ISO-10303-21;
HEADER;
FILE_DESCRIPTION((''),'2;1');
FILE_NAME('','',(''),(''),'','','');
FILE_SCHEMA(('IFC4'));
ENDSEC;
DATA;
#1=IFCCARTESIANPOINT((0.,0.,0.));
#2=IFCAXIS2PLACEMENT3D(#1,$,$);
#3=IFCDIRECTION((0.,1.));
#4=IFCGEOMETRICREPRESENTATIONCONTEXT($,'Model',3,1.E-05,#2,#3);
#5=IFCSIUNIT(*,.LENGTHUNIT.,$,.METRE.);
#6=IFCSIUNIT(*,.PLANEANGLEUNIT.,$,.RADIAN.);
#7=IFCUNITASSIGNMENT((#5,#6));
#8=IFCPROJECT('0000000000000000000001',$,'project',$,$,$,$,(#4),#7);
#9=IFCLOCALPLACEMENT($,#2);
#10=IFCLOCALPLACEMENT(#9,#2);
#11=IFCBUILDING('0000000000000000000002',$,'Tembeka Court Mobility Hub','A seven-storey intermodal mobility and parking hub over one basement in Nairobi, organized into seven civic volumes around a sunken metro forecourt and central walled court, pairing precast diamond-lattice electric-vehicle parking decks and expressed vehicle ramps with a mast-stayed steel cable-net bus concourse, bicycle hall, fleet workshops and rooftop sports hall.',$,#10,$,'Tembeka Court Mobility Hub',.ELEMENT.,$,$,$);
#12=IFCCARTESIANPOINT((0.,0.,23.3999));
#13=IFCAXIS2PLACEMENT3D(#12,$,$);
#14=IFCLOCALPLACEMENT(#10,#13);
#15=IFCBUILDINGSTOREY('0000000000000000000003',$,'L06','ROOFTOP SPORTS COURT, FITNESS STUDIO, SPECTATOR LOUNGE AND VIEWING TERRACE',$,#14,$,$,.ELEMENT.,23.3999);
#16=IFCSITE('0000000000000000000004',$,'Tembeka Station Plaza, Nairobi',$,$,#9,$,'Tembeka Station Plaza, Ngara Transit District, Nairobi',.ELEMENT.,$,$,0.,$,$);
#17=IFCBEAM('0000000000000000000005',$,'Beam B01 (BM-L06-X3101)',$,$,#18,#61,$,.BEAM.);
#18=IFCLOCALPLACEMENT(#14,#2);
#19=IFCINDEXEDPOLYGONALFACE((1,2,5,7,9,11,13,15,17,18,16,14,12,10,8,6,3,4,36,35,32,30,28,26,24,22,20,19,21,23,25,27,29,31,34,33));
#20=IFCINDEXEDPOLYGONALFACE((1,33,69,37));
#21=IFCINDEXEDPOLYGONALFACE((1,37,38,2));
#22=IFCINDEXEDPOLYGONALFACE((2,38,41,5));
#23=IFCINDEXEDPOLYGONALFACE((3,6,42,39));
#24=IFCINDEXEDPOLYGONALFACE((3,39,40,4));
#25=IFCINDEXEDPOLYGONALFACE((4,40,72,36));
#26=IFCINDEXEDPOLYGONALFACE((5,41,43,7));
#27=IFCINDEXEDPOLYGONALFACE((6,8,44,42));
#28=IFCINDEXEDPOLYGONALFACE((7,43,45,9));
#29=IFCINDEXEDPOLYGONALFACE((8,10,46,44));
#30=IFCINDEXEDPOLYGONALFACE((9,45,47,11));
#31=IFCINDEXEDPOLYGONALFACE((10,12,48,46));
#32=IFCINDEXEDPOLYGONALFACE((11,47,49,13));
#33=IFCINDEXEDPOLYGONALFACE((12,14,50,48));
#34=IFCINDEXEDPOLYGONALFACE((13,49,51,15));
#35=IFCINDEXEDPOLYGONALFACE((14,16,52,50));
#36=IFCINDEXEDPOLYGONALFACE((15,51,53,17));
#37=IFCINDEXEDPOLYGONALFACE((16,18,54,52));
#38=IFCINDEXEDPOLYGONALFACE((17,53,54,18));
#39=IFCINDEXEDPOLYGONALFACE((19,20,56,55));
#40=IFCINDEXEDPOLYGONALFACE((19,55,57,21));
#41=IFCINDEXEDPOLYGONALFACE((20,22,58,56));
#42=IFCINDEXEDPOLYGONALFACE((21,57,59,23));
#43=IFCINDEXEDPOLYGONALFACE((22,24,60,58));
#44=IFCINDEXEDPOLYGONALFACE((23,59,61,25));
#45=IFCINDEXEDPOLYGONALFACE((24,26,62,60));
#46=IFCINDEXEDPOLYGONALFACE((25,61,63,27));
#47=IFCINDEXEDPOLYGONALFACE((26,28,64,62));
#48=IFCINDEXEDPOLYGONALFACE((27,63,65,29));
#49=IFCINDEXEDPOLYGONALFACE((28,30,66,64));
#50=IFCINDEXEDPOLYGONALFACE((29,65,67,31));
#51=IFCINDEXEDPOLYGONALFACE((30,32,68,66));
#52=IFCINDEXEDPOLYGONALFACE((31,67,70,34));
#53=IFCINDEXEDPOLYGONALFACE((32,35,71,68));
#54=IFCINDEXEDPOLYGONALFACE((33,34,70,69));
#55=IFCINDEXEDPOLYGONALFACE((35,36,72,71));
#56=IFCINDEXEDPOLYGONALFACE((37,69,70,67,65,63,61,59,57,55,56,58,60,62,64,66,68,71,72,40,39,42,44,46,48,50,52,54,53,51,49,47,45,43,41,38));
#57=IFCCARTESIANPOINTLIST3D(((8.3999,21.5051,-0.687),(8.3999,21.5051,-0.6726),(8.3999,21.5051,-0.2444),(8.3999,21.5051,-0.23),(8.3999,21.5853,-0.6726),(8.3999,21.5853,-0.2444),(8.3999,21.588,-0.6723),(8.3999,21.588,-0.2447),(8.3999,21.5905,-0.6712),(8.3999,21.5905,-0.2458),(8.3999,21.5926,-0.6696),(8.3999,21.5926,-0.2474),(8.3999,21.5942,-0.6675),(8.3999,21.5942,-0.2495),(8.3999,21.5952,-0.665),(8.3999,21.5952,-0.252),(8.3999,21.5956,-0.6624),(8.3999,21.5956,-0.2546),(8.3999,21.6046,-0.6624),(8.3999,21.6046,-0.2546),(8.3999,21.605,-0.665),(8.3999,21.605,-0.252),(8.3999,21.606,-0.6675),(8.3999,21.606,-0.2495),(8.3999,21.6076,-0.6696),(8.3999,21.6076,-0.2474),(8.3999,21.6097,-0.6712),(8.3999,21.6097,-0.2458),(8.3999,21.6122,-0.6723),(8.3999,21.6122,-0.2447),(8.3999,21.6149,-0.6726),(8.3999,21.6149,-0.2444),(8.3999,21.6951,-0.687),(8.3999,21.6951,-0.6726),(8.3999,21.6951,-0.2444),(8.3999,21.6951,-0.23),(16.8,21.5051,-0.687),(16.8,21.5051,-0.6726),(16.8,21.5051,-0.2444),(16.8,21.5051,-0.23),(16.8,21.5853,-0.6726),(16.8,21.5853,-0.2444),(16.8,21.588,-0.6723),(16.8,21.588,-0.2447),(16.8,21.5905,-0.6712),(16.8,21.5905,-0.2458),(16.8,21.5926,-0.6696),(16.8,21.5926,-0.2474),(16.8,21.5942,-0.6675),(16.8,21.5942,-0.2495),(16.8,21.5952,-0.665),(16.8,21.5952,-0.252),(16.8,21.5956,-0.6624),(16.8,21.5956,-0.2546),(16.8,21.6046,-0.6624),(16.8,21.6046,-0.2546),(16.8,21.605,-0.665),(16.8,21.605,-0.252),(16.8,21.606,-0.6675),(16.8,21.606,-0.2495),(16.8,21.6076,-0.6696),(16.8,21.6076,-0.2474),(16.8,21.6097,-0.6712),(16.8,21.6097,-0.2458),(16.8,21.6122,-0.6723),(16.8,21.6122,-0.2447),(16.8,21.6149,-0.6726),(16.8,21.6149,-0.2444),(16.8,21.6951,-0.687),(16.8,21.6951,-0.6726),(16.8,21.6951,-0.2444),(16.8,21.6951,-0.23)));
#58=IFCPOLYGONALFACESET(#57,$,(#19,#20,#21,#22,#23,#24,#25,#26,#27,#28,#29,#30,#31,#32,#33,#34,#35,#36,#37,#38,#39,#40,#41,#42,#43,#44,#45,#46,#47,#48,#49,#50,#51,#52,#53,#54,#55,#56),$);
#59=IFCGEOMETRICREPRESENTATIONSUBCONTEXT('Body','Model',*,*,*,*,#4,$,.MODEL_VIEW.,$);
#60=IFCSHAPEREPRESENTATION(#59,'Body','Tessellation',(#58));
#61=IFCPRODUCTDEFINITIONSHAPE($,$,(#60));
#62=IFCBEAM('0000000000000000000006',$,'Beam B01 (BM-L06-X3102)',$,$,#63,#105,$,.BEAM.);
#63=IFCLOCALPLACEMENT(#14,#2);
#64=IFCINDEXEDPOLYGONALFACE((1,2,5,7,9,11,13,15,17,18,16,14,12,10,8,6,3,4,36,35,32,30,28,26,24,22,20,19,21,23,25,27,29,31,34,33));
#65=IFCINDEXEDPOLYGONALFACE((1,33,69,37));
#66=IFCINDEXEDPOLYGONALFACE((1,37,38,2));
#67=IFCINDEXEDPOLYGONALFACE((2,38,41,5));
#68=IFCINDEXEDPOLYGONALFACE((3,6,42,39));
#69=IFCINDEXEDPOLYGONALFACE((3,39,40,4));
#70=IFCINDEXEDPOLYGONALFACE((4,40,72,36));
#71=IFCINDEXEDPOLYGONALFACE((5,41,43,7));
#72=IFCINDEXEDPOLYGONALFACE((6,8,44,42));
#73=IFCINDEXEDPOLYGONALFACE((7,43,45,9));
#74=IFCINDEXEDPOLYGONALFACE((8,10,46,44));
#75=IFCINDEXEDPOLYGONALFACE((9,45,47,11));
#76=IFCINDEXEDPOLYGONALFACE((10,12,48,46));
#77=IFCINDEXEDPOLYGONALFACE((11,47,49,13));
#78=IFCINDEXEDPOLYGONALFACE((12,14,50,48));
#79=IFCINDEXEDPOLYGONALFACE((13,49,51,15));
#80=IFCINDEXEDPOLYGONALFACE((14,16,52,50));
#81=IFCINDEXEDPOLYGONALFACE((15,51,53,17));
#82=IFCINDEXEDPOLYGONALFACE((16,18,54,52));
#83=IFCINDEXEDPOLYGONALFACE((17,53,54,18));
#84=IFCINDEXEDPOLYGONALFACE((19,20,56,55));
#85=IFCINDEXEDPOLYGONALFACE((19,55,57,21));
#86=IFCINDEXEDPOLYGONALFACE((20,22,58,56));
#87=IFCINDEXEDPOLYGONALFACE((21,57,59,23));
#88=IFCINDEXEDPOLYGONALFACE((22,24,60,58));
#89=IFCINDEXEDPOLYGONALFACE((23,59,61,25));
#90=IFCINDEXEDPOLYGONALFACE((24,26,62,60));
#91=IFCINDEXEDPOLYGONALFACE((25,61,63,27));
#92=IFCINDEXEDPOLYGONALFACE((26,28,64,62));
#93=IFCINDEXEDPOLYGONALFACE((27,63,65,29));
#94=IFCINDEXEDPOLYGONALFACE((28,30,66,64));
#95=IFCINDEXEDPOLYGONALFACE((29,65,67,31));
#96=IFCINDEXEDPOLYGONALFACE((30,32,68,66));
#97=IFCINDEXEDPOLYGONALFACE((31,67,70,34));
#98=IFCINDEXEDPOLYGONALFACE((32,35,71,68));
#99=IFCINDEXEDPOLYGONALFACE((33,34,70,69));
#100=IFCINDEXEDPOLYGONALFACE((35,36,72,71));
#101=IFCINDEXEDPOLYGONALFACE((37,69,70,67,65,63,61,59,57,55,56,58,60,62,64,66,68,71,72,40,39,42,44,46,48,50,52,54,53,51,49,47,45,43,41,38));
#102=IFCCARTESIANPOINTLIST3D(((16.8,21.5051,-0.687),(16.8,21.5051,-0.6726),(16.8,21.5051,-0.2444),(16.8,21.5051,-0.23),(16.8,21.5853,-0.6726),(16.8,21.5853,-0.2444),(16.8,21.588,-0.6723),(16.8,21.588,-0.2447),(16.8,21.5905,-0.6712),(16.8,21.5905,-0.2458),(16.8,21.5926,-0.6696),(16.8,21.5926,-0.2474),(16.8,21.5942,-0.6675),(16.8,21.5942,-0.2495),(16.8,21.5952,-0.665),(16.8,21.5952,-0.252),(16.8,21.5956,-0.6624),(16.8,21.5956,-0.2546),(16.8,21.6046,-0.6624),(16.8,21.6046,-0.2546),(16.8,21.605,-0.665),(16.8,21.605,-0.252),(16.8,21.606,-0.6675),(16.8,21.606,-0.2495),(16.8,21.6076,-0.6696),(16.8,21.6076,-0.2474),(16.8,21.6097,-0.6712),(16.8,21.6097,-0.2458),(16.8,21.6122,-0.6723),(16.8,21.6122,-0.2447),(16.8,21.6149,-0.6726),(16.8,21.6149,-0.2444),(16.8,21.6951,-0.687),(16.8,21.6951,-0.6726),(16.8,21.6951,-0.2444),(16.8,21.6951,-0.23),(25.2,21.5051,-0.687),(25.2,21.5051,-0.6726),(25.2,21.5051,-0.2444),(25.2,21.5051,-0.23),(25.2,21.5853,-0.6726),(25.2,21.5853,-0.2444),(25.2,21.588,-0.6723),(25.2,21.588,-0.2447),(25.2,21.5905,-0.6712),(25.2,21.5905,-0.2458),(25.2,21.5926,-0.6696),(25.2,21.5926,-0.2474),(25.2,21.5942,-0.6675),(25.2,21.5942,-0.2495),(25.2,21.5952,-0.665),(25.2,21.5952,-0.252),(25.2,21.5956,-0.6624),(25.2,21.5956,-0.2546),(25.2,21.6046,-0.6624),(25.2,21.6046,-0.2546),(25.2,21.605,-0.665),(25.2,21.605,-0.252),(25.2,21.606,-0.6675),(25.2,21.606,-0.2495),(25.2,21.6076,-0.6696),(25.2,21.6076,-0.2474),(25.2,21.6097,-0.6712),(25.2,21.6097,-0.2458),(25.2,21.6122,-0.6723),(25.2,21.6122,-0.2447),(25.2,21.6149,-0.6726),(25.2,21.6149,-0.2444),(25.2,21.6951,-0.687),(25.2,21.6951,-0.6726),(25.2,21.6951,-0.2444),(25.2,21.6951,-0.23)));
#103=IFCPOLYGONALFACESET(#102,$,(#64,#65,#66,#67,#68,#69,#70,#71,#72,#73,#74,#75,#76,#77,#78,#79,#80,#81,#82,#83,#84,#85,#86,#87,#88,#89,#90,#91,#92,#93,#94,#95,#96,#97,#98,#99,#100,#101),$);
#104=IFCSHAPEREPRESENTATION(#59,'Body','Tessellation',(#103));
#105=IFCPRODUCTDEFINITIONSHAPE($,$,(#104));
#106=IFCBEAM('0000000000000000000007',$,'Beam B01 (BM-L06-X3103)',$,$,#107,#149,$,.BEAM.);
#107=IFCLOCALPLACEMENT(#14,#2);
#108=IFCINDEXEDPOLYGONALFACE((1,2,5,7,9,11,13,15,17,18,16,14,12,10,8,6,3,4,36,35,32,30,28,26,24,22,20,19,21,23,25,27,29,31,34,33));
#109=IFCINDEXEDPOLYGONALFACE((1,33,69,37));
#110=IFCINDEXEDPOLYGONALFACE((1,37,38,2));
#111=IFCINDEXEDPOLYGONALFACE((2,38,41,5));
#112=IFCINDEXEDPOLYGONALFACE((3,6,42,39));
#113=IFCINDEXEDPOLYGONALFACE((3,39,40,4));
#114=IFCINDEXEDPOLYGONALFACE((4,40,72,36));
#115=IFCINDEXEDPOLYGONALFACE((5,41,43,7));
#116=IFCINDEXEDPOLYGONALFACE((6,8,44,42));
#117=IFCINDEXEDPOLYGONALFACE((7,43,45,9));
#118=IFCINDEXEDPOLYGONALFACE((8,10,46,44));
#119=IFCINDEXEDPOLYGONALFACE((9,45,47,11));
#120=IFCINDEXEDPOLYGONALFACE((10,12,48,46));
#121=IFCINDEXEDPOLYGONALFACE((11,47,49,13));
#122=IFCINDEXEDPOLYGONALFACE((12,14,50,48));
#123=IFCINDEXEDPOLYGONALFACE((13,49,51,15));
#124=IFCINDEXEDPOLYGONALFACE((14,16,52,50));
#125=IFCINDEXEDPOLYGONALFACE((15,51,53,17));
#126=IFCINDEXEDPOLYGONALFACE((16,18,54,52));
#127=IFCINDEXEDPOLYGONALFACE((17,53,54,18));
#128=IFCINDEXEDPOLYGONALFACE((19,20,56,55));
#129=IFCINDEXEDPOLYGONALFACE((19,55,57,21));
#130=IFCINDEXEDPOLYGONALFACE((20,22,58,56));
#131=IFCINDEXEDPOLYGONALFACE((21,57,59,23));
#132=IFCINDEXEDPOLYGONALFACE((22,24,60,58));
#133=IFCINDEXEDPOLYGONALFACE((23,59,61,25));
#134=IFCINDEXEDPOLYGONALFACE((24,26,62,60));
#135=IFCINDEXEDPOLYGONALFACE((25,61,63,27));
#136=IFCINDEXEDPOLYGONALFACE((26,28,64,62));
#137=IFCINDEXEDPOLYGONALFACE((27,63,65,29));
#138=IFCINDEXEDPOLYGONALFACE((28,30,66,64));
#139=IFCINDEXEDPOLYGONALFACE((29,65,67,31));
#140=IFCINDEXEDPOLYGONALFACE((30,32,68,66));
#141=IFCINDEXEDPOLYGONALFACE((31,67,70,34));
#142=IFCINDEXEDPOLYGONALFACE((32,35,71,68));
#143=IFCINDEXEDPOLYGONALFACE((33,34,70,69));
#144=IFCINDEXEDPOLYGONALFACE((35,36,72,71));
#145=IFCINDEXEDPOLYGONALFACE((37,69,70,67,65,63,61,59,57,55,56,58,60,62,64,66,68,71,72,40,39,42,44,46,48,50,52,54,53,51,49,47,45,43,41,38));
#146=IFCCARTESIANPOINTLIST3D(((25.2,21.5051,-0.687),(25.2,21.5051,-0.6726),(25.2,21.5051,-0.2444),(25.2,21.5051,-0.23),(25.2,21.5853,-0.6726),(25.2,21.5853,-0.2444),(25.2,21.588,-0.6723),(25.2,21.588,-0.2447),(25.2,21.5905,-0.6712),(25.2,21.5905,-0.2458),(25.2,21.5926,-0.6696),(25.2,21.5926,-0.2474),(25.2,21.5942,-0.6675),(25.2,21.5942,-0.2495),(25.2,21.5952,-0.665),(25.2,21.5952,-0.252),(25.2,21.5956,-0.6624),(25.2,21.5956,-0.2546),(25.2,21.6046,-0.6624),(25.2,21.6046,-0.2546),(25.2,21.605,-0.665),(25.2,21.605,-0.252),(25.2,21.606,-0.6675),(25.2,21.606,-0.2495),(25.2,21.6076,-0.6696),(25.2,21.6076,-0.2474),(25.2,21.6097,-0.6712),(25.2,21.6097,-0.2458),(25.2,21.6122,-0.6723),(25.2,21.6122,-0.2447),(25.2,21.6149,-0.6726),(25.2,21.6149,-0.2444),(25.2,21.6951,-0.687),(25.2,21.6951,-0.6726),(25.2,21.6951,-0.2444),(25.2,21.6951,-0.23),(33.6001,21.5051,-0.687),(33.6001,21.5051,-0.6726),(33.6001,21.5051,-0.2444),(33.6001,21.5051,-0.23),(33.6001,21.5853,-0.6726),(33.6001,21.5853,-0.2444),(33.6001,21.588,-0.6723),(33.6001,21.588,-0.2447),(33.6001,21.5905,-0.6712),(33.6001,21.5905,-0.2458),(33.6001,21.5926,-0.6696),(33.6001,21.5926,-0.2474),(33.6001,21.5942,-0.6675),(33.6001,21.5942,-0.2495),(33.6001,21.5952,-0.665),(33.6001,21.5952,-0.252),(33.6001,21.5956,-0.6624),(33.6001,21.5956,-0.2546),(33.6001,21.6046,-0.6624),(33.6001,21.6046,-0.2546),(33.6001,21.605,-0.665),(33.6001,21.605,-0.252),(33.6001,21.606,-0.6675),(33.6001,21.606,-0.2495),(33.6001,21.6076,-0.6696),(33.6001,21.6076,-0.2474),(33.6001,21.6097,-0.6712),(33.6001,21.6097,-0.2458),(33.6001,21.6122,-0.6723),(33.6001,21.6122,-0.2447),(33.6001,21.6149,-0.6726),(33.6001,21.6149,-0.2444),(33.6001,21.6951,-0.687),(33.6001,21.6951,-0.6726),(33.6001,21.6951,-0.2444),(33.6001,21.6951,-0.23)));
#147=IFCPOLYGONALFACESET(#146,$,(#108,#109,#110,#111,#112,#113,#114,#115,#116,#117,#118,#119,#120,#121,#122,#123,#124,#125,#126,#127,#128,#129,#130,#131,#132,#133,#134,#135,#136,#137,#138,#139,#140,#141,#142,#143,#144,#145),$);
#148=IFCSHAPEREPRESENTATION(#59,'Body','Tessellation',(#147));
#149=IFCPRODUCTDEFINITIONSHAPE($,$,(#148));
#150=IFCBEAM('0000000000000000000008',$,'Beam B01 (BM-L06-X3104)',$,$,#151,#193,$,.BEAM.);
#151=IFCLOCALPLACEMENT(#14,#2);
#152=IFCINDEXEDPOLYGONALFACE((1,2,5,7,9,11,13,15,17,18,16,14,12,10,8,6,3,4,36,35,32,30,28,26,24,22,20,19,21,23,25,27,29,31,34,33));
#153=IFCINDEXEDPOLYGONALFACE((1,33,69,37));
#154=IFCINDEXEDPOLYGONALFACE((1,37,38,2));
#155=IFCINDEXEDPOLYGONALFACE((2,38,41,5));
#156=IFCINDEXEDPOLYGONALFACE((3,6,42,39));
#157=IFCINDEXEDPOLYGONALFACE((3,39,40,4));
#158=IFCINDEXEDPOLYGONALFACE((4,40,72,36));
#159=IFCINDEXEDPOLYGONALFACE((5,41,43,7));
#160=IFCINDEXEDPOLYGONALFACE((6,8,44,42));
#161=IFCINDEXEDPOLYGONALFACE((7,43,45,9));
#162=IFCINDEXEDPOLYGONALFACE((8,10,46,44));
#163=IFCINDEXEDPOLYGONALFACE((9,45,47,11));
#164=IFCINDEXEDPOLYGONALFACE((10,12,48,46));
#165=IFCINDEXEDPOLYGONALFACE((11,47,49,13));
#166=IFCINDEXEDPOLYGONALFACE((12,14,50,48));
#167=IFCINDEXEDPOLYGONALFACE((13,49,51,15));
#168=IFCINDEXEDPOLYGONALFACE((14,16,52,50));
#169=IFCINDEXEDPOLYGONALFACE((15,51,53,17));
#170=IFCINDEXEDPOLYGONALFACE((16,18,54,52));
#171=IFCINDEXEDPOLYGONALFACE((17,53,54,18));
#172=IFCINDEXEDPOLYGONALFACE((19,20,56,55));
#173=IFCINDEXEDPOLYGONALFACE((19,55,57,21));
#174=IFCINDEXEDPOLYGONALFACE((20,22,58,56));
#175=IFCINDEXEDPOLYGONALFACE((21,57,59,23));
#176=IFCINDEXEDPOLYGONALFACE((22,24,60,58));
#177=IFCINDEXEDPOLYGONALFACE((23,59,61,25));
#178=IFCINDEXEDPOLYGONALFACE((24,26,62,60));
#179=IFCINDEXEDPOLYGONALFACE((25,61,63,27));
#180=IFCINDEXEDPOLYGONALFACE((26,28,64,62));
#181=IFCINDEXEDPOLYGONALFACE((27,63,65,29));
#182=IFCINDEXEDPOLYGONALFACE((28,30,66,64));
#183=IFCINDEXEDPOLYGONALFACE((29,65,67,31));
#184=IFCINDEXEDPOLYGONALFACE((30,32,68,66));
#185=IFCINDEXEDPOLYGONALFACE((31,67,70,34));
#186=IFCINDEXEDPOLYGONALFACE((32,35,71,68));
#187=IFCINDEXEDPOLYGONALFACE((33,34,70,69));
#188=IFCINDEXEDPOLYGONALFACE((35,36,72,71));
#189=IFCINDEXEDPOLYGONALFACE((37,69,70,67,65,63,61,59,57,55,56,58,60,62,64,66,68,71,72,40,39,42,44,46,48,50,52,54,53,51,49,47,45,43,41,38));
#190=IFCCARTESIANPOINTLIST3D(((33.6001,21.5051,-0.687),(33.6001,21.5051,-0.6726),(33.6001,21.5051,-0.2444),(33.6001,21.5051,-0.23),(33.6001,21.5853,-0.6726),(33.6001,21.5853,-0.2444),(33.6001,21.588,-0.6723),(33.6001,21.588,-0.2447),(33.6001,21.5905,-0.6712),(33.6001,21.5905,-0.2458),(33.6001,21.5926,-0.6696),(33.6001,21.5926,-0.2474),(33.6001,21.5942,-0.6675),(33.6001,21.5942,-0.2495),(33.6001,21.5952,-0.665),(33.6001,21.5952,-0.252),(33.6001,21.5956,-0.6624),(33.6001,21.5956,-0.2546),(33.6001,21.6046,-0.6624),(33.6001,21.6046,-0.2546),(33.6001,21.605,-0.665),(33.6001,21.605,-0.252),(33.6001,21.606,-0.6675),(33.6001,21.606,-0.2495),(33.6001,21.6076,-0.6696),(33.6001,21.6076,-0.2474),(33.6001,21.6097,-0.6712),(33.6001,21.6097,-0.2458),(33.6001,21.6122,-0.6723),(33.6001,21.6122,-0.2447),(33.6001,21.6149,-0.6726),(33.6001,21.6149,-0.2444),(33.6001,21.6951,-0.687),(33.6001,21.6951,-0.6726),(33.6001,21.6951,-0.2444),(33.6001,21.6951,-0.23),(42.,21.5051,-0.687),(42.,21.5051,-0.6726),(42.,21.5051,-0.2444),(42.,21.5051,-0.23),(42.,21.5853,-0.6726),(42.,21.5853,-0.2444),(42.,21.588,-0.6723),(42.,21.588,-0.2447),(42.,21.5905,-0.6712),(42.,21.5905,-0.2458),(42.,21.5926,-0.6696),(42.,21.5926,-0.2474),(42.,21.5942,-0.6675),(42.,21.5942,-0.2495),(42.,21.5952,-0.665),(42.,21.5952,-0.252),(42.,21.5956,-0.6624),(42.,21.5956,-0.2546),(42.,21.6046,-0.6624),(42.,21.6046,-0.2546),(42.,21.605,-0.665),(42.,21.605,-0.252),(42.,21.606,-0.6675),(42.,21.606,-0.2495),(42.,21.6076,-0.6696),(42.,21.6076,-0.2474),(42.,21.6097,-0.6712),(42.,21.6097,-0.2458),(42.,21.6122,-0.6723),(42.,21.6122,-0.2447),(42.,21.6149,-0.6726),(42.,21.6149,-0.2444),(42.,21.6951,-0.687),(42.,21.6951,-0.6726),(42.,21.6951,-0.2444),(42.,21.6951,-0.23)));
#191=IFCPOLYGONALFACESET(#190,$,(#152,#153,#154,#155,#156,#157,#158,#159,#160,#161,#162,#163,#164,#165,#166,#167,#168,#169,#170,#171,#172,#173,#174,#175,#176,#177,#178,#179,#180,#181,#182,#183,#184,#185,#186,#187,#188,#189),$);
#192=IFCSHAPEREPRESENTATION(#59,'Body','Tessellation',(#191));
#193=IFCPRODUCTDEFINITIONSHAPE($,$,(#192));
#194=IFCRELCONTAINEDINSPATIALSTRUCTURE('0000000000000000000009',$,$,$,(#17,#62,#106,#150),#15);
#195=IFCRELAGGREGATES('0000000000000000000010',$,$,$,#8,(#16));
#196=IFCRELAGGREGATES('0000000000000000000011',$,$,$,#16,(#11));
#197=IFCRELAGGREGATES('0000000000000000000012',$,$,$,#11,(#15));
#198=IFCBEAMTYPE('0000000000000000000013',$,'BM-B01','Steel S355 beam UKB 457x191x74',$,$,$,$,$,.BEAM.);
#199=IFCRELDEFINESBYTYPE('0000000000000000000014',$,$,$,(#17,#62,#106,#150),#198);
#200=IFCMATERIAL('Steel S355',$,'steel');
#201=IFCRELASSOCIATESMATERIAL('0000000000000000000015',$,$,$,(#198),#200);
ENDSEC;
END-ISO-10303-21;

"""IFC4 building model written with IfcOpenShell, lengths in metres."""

from ifc_helpers import new_model, si_unit, direction, frame, origin, origin_2d, place, context, subcontext, project, spatial, i_section, extrude, material, material_profile, profile_set, type_object, element, save


model = new_model("IFC4")

# Units and contexts
model_context = context("Model", 3, precision=1e-05, world=origin(), true_north=direction((0.0, 1.0)))
body_context = subcontext(model_context, "Body", "Model", "MODEL_VIEW")
ifc_project = project(units=[si_unit("LENGTHUNIT", "METRE"), si_unit("PLANEANGLEUNIT", "RADIAN")], contexts=[model_context])

# Site, building, storey
site_placement = place(None, origin())
site = spatial("IfcSite", under=ifc_project, at=site_placement, Name="Tembeka Station Plaza, Nairobi", LongName="Tembeka Station Plaza, Ngara Transit District, Nairobi", CompositionType="ELEMENT", RefElevation=0.0)
building_placement = place(site_placement, origin())
building = spatial("IfcBuilding", under=site, at=building_placement, Name="Tembeka Court Mobility Hub", Description="A seven-storey intermodal mobility and parking hub over one basement in Nairobi, organized into seven civic volumes around a sunken metro forecourt and central walled court, pairing precast diamond-lattice electric-vehicle parking decks and expressed vehicle ramps with a mast-stayed steel cable-net bus concourse, bicycle hall, fleet workshops and rooftop sports hall.", LongName="Tembeka Court Mobility Hub", CompositionType="ELEMENT")
storey_placement = place(building_placement, frame((0.0, 0.0, 23.3999)))
storey = spatial("IfcBuildingStorey", under=building, at=storey_placement, Name="L06", Description="ROOFTOP SPORTS COURT, FITNESS STUDIO, SPECTATOR LOUNGE AND VIEWING TERRACE", CompositionType="ELEMENT", Elevation=23.3999)

# Beams
ifc_material_1 = material(Name="Steel S355", Category="steel")
ifc_material_profile_1 = material_profile(ifc_material_1, i_section(OverallWidth=0.1899, OverallDepth=0.457, WebThickness=0.009, FlangeThickness=0.0144, FilletRadius=0.0103, at=origin_2d()), Name="UKB 457x191x74")
ifc_profile_set_1 = profile_set([ifc_material_profile_1], Name="Steel S355")
beam_type_1 = type_object("IfcBeamType", Name="BM-B01", Description="Steel S355 beam UKB 457x191x74", PredefinedType="BEAM", material=ifc_profile_set_1)
beam_1_placement = place(storey_placement, frame((8.3999, 21.6001, -0.4585), z_axis=(1.0, 0.0, 0.0), x_axis=(0.0, 1.0, 0.0)))
element("IfcBeam", 1, at=beam_1_placement, inside=storey, type_object=beam_type_1, Name="Beam B01 (BM-L06-X3101)", PredefinedType="BEAM", context=body_context, shape_type="SweptSolid", body=[
    extrude(i_section(OverallWidth=0.1899, OverallDepth=0.457, WebThickness=0.009, FlangeThickness=0.0144, FilletRadius=0.0103, at=origin_2d()), origin(), (0.0, 0.0, 1.0), 8.4001),
])
beam_2_placement = place(storey_placement, frame((16.8, 21.6001, -0.4585), z_axis=(1.0, 0.0, 0.0), x_axis=(0.0, 1.0, 0.0)))
element("IfcBeam", 2, at=beam_2_placement, inside=storey, type_object=beam_type_1, Name="Beam B01 (BM-L06-X3102)", PredefinedType="BEAM", context=body_context, shape_type="SweptSolid", body=[
    extrude(i_section(OverallWidth=0.1899, OverallDepth=0.457, WebThickness=0.009, FlangeThickness=0.0144, FilletRadius=0.0103, at=origin_2d()), origin(), (0.0, 0.0, 1.0), 8.3999),
])
beam_3_placement = place(storey_placement, frame((25.2, 21.6001, -0.4585), z_axis=(1.0, 0.0, 0.0), x_axis=(0.0, 1.0, 0.0)))
element("IfcBeam", 3, at=beam_3_placement, inside=storey, type_object=beam_type_1, Name="Beam B01 (BM-L06-X3103)", PredefinedType="BEAM", context=body_context, shape_type="SweptSolid", body=[
    extrude(i_section(OverallWidth=0.1899, OverallDepth=0.457, WebThickness=0.009, FlangeThickness=0.0144, FilletRadius=0.0103, at=origin_2d()), origin(), (0.0, 0.0, 1.0), 8.4001),
])
beam_4_placement = place(storey_placement, frame((33.6001, 21.6001, -0.4585), z_axis=(1.0, 0.0, 0.0), x_axis=(0.0, 1.0, 0.0)))
element("IfcBeam", 4, at=beam_4_placement, inside=storey, type_object=beam_type_1, Name="Beam B01 (BM-L06-X3104)", PredefinedType="BEAM", context=body_context, shape_type="SweptSolid", body=[
    extrude(i_section(OverallWidth=0.1899, OverallDepth=0.457, WebThickness=0.009, FlangeThickness=0.0144, FilletRadius=0.0103, at=origin_2d()), origin(), (0.0, 0.0, 1.0), 8.3999),
])

save(model, "model.ifc")
